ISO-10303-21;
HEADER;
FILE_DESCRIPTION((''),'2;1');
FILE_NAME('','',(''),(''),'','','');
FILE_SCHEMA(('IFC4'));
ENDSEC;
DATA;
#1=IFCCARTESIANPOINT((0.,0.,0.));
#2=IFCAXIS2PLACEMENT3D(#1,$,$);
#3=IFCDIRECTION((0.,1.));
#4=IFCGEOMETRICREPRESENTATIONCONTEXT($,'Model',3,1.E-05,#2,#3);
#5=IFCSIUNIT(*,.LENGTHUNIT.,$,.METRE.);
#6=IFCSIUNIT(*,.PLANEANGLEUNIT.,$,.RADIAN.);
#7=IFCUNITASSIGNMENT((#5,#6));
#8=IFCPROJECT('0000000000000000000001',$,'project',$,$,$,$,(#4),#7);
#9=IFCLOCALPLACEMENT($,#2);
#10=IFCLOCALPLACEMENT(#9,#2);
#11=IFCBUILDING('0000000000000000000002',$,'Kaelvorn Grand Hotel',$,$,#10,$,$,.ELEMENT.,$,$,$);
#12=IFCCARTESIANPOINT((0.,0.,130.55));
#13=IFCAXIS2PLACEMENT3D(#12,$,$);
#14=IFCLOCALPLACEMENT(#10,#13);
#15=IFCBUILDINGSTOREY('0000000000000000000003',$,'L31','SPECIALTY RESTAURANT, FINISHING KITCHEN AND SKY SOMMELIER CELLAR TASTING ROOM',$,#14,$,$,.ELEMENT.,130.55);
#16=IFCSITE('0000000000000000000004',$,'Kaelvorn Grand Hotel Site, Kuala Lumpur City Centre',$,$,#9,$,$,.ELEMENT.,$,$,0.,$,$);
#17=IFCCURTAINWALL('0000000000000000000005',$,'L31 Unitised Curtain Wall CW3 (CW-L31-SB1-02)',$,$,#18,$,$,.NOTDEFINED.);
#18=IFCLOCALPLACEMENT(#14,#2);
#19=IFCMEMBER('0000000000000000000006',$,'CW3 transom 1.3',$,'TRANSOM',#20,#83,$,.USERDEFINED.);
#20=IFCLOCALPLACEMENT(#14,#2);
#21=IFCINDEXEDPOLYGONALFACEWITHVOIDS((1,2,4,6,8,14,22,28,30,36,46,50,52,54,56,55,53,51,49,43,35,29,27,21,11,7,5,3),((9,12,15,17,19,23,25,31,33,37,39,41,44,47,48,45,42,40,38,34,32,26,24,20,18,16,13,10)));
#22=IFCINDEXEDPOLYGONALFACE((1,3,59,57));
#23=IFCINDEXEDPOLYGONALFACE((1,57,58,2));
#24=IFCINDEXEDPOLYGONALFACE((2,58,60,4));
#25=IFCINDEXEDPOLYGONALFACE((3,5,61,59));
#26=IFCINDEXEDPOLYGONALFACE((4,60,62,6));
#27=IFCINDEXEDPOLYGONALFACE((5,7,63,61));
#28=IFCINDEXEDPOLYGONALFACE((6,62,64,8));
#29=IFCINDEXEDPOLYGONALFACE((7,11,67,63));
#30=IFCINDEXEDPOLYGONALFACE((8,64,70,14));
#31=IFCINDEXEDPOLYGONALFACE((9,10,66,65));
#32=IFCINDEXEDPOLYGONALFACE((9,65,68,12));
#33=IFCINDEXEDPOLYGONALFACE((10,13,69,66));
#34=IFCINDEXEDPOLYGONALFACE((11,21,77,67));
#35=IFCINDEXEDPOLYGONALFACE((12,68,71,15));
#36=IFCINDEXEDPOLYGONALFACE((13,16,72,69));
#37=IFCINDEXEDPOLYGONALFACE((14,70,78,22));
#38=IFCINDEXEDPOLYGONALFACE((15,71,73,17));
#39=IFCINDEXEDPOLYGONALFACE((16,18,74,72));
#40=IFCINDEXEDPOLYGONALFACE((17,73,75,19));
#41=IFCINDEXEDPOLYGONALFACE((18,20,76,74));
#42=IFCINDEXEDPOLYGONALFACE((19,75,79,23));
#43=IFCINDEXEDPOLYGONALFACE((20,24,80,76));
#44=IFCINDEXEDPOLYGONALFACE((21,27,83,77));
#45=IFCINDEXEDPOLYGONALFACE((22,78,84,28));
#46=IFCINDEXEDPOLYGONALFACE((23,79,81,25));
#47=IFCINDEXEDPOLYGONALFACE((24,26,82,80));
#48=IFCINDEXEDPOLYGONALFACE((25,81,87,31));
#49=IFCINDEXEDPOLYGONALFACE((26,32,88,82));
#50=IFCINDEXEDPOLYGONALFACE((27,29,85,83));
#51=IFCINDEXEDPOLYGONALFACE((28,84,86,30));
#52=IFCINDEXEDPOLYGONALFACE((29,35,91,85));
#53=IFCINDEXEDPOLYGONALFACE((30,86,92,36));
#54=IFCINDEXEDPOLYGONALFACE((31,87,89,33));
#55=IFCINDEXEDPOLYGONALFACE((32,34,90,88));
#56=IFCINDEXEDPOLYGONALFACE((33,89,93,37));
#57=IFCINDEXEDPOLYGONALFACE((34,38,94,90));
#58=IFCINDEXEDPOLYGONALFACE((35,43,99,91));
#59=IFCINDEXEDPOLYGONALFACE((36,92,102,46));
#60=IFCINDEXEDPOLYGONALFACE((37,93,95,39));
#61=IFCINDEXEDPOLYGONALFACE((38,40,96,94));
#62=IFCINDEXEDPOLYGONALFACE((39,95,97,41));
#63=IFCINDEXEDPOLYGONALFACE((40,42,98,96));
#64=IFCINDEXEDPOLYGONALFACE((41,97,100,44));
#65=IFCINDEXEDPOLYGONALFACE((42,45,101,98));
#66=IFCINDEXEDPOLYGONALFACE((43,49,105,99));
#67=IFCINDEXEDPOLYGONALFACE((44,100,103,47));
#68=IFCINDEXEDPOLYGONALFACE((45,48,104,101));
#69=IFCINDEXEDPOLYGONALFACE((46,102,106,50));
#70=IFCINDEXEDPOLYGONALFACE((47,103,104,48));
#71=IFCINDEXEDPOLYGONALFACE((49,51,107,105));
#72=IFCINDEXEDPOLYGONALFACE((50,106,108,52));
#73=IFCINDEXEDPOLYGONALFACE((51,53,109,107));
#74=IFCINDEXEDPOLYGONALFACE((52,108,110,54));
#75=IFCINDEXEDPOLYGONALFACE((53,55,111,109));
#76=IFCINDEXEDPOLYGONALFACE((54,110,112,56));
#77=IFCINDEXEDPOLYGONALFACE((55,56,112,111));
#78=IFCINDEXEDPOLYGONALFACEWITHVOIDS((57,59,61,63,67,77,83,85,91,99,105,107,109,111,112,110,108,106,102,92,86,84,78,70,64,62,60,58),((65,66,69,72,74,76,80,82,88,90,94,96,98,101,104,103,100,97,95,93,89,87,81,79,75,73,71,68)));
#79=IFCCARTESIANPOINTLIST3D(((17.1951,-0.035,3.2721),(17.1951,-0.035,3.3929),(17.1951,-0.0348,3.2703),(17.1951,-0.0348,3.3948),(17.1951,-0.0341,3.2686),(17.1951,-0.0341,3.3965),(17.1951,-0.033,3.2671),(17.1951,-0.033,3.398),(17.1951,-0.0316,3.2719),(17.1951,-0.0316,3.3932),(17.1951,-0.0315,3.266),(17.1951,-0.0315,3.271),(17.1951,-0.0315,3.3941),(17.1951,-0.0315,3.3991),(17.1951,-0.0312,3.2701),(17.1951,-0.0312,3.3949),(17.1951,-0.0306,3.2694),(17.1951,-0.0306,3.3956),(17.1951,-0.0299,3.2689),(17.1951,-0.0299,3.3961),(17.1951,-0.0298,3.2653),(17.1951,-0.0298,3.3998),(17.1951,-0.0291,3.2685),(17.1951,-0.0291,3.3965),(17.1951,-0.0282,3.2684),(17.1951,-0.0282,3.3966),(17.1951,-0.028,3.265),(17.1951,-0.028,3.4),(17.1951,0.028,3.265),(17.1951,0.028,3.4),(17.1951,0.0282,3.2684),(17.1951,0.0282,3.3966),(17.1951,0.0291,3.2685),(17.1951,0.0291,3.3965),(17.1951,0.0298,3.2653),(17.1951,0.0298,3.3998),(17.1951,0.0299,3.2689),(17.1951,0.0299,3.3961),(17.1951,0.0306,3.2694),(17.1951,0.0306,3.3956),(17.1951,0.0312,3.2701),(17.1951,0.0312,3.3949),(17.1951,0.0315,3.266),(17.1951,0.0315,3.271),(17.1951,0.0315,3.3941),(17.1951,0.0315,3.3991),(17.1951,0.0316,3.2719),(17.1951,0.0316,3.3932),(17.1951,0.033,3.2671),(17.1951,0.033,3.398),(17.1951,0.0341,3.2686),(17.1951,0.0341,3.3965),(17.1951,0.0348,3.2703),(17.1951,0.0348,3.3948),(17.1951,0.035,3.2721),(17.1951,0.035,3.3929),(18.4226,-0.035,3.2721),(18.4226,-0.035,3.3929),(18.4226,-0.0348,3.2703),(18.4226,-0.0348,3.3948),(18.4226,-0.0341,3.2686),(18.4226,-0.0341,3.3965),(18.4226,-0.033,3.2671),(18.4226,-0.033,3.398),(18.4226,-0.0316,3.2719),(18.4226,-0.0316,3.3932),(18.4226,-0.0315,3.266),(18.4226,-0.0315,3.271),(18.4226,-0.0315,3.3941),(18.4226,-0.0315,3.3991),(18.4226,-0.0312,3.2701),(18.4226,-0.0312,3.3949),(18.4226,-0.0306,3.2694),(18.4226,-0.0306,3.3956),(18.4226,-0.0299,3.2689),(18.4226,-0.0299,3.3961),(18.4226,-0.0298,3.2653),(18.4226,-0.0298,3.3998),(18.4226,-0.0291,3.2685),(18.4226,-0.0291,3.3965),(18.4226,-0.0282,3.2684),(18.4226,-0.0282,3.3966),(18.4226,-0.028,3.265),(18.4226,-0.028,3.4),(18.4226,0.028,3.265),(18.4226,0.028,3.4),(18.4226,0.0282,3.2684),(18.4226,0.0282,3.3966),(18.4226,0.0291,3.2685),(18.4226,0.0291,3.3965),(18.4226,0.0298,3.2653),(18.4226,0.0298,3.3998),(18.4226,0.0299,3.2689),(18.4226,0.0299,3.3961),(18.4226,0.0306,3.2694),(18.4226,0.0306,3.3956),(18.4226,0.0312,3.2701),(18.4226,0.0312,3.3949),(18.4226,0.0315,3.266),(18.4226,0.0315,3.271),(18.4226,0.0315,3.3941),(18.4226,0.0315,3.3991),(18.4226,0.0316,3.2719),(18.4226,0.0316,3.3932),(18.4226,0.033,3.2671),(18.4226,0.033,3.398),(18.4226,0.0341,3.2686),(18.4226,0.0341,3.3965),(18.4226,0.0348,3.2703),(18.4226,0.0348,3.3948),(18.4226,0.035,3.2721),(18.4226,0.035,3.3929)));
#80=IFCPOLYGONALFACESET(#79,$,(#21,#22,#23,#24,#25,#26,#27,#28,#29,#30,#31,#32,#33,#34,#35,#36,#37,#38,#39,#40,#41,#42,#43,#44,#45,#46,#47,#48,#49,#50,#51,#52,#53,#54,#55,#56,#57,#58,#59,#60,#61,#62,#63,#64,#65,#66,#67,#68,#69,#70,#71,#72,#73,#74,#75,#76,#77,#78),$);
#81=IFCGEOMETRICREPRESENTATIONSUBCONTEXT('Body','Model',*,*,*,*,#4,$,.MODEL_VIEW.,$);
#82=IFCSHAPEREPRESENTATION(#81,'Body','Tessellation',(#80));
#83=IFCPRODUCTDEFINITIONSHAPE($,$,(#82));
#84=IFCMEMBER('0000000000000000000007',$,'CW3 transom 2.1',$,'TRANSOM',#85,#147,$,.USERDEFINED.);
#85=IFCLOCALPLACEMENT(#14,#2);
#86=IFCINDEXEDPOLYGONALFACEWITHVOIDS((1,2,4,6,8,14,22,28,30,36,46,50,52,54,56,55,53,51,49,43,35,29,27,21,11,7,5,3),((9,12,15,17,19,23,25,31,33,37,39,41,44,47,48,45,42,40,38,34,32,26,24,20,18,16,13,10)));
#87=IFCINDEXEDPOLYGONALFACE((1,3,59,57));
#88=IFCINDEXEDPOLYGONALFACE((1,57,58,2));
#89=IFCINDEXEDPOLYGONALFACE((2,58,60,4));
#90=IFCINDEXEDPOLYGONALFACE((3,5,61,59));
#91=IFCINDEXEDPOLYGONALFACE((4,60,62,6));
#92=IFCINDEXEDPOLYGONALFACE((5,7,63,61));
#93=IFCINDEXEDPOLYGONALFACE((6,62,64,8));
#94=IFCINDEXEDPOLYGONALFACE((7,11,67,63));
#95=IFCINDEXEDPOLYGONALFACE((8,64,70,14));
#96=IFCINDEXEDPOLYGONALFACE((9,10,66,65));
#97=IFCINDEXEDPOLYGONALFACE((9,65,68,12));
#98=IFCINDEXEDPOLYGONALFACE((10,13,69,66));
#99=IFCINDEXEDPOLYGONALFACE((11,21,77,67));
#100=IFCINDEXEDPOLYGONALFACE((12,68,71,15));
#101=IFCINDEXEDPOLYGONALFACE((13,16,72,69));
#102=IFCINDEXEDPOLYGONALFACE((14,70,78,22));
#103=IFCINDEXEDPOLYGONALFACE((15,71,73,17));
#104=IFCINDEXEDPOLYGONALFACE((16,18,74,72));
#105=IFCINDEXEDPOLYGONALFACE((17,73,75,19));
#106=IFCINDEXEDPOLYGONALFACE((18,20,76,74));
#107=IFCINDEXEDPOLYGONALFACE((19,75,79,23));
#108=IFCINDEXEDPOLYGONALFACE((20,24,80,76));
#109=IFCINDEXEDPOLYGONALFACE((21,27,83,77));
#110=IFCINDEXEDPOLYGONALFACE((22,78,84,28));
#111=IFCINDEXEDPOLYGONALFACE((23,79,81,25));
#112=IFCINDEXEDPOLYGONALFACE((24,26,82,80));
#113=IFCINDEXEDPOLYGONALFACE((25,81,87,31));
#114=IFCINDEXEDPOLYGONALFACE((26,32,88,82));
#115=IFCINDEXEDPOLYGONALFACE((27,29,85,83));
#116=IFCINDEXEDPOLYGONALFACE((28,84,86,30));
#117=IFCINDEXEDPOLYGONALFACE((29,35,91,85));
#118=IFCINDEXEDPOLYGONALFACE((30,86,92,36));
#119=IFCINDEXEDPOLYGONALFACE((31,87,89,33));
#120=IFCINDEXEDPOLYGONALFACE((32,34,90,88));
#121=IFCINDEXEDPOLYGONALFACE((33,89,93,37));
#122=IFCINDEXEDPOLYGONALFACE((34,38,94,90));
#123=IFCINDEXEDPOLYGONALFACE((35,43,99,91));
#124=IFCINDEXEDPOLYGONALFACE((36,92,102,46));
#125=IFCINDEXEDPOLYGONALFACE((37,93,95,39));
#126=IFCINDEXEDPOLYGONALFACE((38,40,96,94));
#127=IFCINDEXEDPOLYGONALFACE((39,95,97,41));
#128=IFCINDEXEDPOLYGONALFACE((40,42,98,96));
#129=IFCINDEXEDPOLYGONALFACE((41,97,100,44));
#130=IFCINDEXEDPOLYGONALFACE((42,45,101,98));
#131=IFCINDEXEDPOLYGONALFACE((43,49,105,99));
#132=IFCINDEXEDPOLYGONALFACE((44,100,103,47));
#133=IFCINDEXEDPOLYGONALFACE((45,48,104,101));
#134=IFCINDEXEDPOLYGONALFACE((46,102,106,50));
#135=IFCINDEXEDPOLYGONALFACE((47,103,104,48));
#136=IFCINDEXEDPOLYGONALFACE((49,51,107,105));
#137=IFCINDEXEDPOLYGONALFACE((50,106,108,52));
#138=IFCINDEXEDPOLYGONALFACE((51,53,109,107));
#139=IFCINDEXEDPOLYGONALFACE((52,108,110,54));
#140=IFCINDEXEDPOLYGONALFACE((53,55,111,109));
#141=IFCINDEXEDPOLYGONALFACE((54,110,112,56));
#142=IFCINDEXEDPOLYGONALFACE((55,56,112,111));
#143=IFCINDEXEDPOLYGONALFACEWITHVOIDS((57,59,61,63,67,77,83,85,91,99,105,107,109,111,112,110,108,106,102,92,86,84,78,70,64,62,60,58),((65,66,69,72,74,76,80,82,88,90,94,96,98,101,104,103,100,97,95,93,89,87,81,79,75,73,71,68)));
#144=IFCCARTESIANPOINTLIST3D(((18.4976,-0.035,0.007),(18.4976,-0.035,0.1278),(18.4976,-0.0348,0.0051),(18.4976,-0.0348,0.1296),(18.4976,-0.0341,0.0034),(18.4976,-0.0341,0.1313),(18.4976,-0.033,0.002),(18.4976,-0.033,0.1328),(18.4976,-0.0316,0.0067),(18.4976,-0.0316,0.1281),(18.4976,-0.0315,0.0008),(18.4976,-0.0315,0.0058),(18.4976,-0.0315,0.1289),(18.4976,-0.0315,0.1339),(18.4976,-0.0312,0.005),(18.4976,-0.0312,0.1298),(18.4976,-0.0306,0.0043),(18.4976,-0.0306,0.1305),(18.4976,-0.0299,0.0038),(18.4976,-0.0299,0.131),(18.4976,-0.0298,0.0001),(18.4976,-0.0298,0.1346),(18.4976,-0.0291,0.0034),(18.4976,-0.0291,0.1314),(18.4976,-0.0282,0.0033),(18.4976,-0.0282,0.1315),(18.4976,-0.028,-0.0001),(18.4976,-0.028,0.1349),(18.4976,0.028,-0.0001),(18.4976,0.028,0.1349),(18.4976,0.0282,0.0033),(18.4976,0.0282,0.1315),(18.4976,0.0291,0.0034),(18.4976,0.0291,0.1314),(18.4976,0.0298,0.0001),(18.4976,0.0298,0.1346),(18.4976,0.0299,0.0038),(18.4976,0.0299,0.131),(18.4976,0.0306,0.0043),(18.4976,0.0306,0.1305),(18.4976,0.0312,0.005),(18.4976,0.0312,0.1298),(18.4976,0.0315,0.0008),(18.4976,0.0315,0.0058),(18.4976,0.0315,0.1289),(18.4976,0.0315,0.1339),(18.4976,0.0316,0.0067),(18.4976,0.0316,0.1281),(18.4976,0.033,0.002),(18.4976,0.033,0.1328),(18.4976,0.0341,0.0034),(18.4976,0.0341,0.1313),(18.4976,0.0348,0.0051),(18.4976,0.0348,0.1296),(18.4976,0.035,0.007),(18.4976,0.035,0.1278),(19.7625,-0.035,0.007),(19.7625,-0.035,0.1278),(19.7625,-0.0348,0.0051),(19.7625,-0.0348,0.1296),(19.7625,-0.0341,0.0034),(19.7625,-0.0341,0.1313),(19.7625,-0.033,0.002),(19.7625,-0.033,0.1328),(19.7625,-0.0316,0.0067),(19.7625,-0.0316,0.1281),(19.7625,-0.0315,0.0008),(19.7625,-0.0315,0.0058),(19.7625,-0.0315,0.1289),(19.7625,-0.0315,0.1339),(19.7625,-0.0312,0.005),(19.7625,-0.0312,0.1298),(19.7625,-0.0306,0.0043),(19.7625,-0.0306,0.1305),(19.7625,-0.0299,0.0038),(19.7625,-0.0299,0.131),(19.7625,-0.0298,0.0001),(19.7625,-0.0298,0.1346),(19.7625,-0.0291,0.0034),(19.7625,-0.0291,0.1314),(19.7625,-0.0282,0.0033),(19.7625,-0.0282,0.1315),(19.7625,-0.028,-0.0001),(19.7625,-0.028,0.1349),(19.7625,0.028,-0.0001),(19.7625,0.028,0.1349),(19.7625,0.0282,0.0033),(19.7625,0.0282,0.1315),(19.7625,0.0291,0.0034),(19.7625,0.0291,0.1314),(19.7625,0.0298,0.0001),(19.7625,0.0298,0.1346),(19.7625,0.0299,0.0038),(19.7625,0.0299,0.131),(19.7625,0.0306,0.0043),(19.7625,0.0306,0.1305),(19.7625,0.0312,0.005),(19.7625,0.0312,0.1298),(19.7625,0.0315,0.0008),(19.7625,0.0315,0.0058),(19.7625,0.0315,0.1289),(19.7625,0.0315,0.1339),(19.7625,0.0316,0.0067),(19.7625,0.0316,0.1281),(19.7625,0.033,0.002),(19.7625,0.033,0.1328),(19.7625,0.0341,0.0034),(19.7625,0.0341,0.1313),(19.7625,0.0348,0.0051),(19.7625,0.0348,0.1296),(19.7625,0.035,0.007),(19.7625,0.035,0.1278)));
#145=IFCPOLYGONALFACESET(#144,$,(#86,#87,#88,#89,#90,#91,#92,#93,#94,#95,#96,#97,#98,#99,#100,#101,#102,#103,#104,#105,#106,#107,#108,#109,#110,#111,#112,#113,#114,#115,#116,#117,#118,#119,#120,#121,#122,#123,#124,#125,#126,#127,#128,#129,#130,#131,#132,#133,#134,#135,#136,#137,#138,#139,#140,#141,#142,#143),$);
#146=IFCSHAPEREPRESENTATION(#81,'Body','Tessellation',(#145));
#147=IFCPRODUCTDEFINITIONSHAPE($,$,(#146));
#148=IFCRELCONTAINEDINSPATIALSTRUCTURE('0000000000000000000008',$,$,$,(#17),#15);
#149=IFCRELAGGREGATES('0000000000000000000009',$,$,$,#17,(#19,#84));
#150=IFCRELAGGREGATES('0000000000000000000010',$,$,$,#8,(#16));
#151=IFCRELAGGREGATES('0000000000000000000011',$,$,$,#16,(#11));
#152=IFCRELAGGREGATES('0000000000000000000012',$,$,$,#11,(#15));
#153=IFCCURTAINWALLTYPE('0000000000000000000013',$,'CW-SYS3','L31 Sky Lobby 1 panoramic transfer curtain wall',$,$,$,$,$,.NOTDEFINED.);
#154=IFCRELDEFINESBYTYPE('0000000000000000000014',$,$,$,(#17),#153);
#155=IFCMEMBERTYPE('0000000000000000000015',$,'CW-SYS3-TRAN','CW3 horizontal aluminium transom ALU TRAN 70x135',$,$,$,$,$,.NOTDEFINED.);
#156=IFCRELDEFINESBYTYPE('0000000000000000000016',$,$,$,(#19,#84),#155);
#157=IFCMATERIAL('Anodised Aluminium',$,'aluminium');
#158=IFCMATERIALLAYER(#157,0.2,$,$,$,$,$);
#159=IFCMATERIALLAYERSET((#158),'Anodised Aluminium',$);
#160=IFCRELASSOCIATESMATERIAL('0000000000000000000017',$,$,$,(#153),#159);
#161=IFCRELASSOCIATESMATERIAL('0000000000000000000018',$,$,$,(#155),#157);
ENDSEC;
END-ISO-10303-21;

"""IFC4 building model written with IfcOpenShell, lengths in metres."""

from ifc_helpers import new_model, si_unit, direction, frame, origin, origin_2d, place, context, subcontext, project, spatial, hollow_rectangle, extrude, material, layer, layer_set, material_profile, profile_set, type_object, element, aggregate, save


model = new_model("IFC4")

# Units and contexts
model_context = context("Model", 3, precision=1e-05, world=origin(), true_north=direction((0.0, 1.0)))
body_context = subcontext(model_context, "Body", "Model", "MODEL_VIEW")
ifc_project = project(units=[si_unit("LENGTHUNIT", "METRE"), si_unit("PLANEANGLEUNIT", "RADIAN")], contexts=[model_context])

# Site, building, storey
site_placement = place(None, origin())
site = spatial("IfcSite", under=ifc_project, at=site_placement, Name="Kaelvorn Grand Hotel Site, Kuala Lumpur City Centre", CompositionType="ELEMENT", RefElevation=0.0)
building_placement = place(site_placement, origin())
building = spatial("IfcBuilding", under=site, at=building_placement, Name="Kaelvorn Grand Hotel", CompositionType="ELEMENT")
storey_placement = place(building_placement, frame((0.0, 0.0, 130.55)))
storey = spatial("IfcBuildingStorey", under=building, at=storey_placement, Name="L31", Description="SPECIALTY RESTAURANT, FINISHING KITCHEN AND SKY SOMMELIER CELLAR TASTING ROOM", CompositionType="ELEMENT", Elevation=130.55)

# Curtain wall, members
ifc_material_1 = material(Name="Anodised Aluminium", Category="aluminium")
ifc_layer_1 = layer(ifc_material_1, 0.2)
ifc_layer_set_1 = layer_set([ifc_layer_1], Name="Anodised Aluminium")
curtain_wall_type = type_object("IfcCurtainWallType", Name="CW-SYS3", Description="L31 Sky Lobby 1 panoramic transfer curtain wall", PredefinedType="NOTDEFINED", material=ifc_layer_set_1)
curtain_wall_placement = place(storey_placement, origin())
curtain_wall = element("IfcCurtainWall", 1, at=curtain_wall_placement, inside=storey, type_object=curtain_wall_type, Name="L31 Unitised Curtain Wall CW3 (CW-L31-SB1-02)", PredefinedType="NOTDEFINED")
ifc_material_profile_1 = material_profile(ifc_material_1, hollow_rectangle(XDim=0.0701, YDim=0.135, WallThickness=0.0034, InnerFilletRadius=0.0034, OuterFilletRadius=0.0071, at=origin_2d()), Name="ALU TRAN 70x135")
ifc_profile_set_1 = profile_set([ifc_material_profile_1], Name="Anodised Aluminium")
member_type_1 = type_object("IfcMemberType", Name="CW-SYS3-TRAN", Description="CW3 horizontal aluminium transom ALU TRAN 70x135", PredefinedType="NOTDEFINED", material=ifc_profile_set_1)
member_1_placement = place(storey_placement, frame((17.1951, 0.0, 3.3325), z_axis=(1.0, 0.0, 0.0), x_axis=(0.0, 1.0, 0.0)))
member_1 = element("IfcMember", 2, at=member_1_placement, type_object=member_type_1, Name="CW3 transom 1.3", ObjectType="TRANSOM", PredefinedType="USERDEFINED", context=body_context, shape_type="SweptSolid", body=[
    extrude(hollow_rectangle(XDim=0.0701, YDim=0.135, WallThickness=0.0034, InnerFilletRadius=0.0034, OuterFilletRadius=0.0071, at=origin_2d()), origin(), (0.0, 0.0, 1.0), 1.2275),
])
member_2_placement = place(storey_placement, frame((18.4976, 0.0, 0.0674), z_axis=(1.0, 0.0, 0.0), x_axis=(0.0, 1.0, 0.0)))
member_2 = element("IfcMember", 3, at=member_2_placement, type_object=member_type_1, Name="CW3 transom 2.1", ObjectType="TRANSOM", PredefinedType="USERDEFINED", context=body_context, shape_type="SweptSolid", body=[
    extrude(hollow_rectangle(XDim=0.0701, YDim=0.135, WallThickness=0.0034, InnerFilletRadius=0.0034, OuterFilletRadius=0.0071, at=origin_2d()), origin(), (0.0, 0.0, 1.0), 1.2649),
])
aggregate(curtain_wall, [member_1, member_2])

save(model, "model.ifc")
